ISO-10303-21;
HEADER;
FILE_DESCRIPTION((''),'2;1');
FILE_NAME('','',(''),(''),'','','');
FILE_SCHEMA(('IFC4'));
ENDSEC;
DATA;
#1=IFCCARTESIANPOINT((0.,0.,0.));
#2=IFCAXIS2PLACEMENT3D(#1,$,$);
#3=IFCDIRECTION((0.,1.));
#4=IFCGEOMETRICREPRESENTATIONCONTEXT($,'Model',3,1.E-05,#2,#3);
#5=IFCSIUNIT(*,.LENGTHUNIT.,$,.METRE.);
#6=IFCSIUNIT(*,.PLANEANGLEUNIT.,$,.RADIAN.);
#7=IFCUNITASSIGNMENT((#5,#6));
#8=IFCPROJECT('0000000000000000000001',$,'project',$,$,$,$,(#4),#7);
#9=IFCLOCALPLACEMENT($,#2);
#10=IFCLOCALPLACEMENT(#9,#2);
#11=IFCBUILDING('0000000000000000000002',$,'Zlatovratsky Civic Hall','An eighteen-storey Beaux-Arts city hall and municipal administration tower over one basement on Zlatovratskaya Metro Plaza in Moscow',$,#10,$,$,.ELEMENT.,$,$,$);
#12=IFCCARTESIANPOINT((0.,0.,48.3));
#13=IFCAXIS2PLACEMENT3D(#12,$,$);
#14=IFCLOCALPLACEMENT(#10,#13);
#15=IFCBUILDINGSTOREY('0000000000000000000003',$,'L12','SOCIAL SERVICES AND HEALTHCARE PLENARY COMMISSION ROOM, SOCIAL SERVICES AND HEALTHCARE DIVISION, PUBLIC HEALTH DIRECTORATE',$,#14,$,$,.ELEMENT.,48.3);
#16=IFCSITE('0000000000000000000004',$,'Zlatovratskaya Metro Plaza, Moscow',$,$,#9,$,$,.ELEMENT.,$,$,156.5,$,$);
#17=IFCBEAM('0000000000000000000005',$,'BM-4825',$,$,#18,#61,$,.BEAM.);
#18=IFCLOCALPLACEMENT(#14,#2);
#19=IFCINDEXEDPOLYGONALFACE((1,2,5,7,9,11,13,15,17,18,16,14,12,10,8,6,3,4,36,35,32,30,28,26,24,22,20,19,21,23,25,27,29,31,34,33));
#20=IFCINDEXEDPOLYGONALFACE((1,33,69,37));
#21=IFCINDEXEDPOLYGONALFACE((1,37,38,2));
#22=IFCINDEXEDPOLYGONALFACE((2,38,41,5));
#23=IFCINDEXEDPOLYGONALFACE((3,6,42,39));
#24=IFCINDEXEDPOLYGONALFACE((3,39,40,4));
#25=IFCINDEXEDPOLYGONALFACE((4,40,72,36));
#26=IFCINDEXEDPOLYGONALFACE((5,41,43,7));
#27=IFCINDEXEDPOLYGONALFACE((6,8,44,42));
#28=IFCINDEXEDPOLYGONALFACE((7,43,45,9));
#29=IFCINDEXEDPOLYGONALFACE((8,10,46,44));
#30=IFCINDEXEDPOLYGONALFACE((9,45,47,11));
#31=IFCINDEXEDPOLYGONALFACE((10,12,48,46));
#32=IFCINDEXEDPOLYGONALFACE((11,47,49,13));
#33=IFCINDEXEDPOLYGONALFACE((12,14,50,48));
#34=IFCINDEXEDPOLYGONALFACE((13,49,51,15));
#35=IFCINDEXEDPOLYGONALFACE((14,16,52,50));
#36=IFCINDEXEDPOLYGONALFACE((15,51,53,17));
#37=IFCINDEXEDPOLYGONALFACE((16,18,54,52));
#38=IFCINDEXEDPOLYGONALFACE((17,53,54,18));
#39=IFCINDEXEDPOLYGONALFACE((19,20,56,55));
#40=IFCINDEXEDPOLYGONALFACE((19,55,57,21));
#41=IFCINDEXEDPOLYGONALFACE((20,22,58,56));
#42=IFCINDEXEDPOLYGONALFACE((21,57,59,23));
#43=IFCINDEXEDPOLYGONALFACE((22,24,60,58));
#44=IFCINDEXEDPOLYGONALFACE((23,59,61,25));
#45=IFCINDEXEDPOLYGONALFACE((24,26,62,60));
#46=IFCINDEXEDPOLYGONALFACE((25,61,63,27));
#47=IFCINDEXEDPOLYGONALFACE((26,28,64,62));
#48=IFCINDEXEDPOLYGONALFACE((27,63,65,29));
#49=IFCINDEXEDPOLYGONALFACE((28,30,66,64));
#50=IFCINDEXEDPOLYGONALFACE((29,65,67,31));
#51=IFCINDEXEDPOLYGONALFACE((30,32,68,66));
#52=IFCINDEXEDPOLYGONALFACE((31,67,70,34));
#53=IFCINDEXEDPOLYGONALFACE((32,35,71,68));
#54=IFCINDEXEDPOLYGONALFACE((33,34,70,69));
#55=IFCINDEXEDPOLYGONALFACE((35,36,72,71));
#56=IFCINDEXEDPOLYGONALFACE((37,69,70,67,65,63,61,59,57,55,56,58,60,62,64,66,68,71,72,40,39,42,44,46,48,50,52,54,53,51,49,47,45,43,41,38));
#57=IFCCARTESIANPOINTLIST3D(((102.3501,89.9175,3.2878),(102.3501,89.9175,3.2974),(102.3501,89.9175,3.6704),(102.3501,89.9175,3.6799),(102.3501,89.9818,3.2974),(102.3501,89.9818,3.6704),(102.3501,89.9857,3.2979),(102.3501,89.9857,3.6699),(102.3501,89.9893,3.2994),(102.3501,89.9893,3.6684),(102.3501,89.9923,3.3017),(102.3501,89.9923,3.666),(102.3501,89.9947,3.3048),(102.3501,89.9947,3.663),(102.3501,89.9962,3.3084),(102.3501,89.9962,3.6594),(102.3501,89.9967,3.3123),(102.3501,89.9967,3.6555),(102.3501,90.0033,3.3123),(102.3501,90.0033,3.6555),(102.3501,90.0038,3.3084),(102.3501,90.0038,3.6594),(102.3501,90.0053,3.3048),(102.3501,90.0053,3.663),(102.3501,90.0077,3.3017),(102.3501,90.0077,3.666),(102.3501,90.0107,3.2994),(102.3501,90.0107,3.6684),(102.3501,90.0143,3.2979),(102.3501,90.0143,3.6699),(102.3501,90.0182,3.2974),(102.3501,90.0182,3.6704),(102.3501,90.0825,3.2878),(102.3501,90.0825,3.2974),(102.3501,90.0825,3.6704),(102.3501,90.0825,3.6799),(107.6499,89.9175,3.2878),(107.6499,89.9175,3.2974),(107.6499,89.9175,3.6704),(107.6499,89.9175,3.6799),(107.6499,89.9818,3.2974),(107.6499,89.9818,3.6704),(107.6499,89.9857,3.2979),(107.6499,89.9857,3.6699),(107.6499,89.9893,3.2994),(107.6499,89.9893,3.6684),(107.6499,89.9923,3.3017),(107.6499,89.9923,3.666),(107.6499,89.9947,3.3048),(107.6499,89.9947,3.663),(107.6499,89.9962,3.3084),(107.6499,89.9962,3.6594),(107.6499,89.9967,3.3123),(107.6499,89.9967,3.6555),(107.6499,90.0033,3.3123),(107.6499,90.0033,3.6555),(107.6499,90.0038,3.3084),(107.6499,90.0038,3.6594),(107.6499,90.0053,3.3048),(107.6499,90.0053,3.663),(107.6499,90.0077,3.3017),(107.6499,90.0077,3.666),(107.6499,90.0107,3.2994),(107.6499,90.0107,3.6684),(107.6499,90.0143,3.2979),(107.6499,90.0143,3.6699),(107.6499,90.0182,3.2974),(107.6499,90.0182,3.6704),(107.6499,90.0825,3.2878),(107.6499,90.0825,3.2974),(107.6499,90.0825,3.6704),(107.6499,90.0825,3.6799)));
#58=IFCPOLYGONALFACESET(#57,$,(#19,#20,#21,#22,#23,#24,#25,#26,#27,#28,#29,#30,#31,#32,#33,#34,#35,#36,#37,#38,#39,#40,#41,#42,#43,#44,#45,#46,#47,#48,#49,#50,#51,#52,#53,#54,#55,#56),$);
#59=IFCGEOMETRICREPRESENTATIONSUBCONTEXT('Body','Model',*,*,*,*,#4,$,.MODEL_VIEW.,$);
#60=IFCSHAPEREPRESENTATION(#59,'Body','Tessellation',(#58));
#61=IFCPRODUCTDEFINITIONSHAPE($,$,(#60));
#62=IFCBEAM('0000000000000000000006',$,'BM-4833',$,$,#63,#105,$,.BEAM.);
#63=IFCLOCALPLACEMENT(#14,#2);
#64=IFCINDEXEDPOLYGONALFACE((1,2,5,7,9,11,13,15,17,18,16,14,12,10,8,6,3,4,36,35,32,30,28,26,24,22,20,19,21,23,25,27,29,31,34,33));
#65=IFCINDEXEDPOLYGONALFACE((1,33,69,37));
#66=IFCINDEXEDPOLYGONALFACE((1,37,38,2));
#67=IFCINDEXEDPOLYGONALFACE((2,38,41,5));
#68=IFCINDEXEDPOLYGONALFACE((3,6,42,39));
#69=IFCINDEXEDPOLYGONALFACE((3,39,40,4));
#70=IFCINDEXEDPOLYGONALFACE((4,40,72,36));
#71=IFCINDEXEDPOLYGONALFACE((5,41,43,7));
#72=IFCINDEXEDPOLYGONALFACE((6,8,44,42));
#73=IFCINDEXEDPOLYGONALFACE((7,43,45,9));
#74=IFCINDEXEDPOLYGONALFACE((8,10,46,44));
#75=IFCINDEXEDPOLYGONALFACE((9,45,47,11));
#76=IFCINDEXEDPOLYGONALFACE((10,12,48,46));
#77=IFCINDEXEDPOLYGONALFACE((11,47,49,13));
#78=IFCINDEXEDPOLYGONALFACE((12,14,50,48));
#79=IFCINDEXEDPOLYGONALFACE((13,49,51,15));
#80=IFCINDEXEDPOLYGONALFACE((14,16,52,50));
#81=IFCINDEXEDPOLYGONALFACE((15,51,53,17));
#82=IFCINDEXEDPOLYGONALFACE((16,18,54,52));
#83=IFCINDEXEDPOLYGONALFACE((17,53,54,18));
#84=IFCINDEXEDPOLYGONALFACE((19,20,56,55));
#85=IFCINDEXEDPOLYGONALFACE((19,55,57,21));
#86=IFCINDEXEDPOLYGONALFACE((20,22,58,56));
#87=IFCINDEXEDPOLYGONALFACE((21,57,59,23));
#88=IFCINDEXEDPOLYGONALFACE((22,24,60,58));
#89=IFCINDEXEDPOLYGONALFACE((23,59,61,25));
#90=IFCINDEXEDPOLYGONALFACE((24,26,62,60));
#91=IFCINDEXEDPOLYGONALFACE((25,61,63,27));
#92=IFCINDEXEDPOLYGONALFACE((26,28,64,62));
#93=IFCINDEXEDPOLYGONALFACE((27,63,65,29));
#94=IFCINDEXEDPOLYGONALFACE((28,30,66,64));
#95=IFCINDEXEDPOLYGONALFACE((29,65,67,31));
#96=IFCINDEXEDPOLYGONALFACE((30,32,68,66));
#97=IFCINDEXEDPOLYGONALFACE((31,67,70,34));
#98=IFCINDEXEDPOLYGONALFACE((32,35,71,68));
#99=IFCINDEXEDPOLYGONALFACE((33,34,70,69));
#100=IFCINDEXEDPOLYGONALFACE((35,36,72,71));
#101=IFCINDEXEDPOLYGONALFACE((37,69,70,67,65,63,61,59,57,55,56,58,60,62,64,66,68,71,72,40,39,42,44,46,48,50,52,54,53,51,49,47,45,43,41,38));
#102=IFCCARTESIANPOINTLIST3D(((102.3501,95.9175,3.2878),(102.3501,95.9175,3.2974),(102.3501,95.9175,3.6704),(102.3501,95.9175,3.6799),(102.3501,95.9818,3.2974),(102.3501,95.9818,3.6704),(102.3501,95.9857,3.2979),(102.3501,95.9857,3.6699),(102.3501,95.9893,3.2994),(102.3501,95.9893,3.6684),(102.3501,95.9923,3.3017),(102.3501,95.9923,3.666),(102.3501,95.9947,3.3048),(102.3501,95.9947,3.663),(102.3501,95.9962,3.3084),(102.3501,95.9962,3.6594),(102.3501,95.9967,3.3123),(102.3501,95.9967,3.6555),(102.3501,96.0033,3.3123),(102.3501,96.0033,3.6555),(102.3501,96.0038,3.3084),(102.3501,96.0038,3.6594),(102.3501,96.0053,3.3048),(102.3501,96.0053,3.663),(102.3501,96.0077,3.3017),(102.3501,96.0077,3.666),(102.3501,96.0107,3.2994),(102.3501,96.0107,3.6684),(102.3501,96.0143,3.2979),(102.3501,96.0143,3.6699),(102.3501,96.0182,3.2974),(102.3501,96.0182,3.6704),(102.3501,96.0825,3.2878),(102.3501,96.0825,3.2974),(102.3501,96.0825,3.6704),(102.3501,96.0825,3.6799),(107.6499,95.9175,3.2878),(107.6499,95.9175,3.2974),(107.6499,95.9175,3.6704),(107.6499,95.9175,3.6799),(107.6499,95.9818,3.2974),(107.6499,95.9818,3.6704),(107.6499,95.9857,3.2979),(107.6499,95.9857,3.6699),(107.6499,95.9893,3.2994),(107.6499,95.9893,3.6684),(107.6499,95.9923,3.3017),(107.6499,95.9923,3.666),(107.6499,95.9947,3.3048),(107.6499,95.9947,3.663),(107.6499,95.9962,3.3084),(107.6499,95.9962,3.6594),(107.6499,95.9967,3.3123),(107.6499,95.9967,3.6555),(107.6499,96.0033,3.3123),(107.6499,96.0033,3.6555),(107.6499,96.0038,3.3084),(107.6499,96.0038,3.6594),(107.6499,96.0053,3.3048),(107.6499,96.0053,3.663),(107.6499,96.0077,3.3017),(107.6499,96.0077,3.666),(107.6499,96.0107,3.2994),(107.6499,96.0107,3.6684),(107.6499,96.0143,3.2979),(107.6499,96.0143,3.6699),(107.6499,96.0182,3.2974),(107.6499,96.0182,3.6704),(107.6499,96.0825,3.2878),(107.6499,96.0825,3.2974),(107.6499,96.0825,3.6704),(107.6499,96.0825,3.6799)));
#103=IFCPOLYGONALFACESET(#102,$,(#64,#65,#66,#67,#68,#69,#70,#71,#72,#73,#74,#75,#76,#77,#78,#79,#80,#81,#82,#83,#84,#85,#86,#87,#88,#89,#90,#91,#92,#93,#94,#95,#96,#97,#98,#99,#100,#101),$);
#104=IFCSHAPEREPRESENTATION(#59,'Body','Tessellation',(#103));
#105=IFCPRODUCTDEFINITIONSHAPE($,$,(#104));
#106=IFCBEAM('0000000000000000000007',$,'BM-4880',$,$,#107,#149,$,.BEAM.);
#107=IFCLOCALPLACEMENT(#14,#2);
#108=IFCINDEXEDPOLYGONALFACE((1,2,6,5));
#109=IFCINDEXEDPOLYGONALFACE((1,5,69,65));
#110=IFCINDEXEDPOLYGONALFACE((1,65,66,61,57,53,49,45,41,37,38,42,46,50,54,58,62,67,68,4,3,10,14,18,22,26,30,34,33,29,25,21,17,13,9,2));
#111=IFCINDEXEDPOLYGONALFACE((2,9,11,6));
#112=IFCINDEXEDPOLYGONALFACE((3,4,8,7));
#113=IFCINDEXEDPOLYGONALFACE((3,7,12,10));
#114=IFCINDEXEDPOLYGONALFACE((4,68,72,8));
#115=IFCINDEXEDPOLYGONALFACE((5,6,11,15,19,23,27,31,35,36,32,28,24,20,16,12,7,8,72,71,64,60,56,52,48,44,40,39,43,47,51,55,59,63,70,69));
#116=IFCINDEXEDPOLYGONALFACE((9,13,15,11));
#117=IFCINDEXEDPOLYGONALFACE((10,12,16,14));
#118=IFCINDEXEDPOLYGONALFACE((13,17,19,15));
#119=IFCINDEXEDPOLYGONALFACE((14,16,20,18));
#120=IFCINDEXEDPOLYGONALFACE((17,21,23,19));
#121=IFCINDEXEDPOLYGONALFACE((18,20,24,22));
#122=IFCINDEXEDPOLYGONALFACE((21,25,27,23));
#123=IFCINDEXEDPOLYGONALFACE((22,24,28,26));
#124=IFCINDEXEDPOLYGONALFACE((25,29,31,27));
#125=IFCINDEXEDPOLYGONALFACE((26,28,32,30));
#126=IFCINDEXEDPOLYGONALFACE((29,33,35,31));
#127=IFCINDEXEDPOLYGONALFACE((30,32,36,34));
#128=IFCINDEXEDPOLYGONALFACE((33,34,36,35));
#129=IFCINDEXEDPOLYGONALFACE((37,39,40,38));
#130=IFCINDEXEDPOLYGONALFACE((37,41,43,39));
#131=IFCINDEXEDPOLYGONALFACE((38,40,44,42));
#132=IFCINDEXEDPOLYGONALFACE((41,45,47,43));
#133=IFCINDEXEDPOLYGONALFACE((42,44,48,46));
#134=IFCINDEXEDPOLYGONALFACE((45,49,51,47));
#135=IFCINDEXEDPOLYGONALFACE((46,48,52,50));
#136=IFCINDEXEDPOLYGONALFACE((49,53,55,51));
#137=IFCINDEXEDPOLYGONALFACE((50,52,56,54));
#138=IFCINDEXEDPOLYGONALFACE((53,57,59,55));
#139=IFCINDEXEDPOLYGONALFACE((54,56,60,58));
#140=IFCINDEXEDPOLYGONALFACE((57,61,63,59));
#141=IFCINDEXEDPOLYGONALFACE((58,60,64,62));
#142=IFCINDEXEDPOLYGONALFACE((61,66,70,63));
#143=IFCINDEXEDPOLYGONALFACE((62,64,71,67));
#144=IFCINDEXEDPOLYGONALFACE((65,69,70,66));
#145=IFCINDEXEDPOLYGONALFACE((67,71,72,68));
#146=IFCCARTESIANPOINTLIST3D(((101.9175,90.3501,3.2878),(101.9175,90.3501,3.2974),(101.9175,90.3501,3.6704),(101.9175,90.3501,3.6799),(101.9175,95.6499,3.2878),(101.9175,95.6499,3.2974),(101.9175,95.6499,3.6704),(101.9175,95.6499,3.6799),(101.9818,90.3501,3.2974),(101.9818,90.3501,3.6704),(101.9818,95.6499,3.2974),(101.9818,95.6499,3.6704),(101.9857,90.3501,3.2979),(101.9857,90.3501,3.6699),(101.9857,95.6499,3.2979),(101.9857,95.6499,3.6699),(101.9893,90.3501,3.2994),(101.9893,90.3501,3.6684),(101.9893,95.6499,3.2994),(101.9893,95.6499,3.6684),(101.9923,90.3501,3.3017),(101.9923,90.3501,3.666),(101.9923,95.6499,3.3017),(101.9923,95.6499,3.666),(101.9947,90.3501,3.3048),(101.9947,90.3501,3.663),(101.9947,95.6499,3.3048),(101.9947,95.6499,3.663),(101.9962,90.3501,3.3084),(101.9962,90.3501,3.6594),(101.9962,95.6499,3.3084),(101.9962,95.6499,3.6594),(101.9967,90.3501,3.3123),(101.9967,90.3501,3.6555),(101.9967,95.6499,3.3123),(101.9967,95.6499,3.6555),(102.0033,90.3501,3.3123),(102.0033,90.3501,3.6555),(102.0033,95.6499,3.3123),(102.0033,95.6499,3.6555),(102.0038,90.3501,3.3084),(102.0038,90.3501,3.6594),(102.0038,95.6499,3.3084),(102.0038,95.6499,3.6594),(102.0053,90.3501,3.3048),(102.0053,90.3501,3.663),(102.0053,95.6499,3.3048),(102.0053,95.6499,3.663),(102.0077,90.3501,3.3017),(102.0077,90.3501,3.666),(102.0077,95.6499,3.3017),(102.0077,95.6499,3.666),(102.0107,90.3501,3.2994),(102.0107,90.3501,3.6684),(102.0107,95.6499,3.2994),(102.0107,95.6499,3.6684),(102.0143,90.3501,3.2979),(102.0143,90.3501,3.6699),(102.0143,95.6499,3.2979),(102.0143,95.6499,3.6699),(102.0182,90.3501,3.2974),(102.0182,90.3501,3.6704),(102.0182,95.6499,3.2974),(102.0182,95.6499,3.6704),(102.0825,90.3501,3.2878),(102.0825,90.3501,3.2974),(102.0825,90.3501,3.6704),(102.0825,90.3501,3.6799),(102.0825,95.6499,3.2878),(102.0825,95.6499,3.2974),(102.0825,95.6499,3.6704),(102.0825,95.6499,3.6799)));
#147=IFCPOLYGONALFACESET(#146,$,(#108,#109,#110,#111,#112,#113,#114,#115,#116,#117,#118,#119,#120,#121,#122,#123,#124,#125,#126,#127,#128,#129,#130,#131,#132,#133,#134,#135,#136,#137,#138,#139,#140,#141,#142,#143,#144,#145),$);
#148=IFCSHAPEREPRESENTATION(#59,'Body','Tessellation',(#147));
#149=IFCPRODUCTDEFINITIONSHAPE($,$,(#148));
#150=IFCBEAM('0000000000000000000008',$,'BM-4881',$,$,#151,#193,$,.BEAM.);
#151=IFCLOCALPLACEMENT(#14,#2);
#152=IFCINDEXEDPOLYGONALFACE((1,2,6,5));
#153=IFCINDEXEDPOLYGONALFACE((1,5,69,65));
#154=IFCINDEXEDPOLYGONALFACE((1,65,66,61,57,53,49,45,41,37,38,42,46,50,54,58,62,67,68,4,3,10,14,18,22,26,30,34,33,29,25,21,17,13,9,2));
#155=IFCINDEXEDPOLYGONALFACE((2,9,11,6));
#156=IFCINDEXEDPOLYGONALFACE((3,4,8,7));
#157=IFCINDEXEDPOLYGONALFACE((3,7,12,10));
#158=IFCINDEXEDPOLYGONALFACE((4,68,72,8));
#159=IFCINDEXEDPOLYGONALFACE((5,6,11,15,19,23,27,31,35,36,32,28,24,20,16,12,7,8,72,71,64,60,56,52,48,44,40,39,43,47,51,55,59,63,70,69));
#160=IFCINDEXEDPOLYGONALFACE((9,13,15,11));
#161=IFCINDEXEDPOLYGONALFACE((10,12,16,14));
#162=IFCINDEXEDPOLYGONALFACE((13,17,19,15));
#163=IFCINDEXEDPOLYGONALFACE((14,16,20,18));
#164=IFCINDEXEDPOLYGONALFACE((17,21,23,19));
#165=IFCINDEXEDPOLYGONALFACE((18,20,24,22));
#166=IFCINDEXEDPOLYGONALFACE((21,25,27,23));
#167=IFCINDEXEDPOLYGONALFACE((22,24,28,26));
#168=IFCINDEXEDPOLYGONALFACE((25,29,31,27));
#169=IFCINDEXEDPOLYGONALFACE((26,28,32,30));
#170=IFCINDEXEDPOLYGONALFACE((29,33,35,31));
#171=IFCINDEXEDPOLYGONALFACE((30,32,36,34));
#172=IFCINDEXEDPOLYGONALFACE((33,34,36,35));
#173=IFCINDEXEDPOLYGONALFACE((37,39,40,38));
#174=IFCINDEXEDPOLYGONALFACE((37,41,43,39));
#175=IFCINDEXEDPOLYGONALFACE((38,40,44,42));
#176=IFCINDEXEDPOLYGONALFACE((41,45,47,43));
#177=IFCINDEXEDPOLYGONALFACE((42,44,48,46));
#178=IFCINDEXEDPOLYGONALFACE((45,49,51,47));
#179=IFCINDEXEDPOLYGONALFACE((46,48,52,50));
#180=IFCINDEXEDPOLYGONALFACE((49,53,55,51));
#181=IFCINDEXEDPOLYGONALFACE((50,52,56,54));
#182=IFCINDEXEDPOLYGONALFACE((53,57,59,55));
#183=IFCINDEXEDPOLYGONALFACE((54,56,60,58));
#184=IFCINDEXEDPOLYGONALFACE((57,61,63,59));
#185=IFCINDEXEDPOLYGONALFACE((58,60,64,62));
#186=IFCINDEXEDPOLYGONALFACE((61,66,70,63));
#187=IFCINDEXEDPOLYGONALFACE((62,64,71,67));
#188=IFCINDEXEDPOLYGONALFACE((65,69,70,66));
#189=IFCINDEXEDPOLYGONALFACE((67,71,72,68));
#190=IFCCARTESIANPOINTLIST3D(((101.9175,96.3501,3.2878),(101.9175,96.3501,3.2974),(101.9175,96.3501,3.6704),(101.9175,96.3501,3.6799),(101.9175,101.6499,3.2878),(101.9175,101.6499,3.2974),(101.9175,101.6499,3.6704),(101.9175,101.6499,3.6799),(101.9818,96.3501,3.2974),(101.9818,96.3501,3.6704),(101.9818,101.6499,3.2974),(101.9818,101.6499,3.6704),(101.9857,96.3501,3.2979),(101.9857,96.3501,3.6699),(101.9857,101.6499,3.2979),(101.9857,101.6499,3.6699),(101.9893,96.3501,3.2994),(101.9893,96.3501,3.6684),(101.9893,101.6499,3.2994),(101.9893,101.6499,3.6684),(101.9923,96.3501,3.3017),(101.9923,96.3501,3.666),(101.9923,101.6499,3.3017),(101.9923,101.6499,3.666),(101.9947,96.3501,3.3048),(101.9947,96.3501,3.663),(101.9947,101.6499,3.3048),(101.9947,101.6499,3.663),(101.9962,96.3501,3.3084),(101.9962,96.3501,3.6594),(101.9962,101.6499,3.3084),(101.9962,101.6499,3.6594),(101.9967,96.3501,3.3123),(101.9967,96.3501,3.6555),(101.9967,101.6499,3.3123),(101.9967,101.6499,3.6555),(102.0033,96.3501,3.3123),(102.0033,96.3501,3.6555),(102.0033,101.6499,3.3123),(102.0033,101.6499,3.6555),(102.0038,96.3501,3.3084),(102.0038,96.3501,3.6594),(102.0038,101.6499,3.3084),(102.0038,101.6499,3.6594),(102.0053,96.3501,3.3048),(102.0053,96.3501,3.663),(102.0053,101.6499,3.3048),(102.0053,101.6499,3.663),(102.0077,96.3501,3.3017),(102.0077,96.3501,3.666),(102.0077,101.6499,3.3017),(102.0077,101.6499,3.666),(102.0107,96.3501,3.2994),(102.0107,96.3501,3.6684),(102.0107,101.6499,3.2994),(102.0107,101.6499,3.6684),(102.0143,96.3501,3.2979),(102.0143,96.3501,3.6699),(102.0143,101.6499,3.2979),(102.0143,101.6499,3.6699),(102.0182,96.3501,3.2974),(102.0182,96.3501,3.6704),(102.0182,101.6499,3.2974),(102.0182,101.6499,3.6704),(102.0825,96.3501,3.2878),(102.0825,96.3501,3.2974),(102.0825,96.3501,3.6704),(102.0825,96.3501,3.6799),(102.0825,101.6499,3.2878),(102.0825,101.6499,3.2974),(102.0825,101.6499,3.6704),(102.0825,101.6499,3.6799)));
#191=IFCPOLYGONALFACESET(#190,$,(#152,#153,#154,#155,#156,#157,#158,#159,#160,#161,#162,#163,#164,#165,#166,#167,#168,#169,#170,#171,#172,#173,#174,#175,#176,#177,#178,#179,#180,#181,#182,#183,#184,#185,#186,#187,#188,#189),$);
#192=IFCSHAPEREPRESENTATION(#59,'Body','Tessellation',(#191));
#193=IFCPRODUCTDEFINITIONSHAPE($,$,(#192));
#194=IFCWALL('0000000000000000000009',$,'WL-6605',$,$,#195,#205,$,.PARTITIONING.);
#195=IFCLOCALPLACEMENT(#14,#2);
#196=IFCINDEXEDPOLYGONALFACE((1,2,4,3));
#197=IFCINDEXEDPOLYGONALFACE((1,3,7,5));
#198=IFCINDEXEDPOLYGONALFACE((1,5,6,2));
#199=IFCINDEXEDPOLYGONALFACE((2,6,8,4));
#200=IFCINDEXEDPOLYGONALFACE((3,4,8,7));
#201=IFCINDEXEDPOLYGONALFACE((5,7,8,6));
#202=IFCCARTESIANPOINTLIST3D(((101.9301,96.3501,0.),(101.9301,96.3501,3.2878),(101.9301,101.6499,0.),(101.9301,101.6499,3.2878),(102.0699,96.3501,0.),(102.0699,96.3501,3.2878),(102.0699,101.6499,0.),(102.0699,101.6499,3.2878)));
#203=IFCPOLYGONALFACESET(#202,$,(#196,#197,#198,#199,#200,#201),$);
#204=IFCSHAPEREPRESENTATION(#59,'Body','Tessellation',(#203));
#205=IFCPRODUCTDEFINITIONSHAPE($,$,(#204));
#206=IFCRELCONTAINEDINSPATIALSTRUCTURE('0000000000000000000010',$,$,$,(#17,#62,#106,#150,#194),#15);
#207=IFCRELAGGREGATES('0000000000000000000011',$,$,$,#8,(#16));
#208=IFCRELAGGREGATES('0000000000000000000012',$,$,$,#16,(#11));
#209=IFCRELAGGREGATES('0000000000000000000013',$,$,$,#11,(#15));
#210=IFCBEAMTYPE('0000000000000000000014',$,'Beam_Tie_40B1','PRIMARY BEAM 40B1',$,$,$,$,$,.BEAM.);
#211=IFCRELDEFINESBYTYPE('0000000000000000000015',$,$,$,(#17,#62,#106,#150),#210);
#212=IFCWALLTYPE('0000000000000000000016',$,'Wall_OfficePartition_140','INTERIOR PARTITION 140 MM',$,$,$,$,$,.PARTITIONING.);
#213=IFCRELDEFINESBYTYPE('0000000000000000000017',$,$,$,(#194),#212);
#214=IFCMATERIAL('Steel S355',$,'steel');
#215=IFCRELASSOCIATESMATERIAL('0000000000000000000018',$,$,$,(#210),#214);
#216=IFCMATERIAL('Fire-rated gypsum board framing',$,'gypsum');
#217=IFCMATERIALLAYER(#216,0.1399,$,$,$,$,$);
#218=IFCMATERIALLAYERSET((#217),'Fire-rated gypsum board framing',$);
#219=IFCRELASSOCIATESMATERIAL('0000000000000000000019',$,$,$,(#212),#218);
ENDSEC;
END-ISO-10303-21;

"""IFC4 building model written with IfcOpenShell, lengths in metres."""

from ifc_helpers import new_model, si_unit, direction, frame, frame_2d, origin, origin_2d, place, context, subcontext, project, spatial, rectangle, i_section, extrude, material, layer, layer_set, material_profile, profile_set, type_object, element, save


model = new_model("IFC4")

# Units and contexts
model_context = context("Model", 3, precision=1e-05, world=origin(), true_north=direction((0.0, 1.0)))
body_context = subcontext(model_context, "Body", "Model", "MODEL_VIEW")
ifc_project = project(units=[si_unit("LENGTHUNIT", "METRE"), si_unit("PLANEANGLEUNIT", "RADIAN")], contexts=[model_context])

# Site, building, storey
site_placement = place(None, origin())
site = spatial("IfcSite", under=ifc_project, at=site_placement, Name="Zlatovratskaya Metro Plaza, Moscow", CompositionType="ELEMENT", RefElevation=156.5)
building_placement = place(site_placement, origin())
building = spatial("IfcBuilding", under=site, at=building_placement, Name="Zlatovratsky Civic Hall", Description="An eighteen-storey Beaux-Arts city hall and municipal administration tower over one basement on Zlatovratskaya Metro Plaza in Moscow", CompositionType="ELEMENT")
storey_placement = place(building_placement, frame((0.0, 0.0, 48.3)))
storey = spatial("IfcBuildingStorey", under=building, at=storey_placement, Name="L12", Description="SOCIAL SERVICES AND HEALTHCARE PLENARY COMMISSION ROOM, SOCIAL SERVICES AND HEALTHCARE DIVISION, PUBLIC HEALTH DIRECTORATE", CompositionType="ELEMENT", Elevation=48.3)

# Beams
ifc_material_1 = material(Name="Steel S355", Category="steel")
ifc_material_profile_1 = material_profile(ifc_material_1, i_section(OverallWidth=0.165, OverallDepth=0.3921, WebThickness=0.0066, FlangeThickness=0.0095, FilletRadius=0.0149, at=origin_2d()), Name="40B1")
ifc_profile_set_1 = profile_set([ifc_material_profile_1], Name="Steel S355")
beam_type_1 = type_object("IfcBeamType", Name="Beam_Tie_40B1", Description="PRIMARY BEAM 40B1", PredefinedType="BEAM", material=ifc_profile_set_1)
for number, where, z_axis, x_axis, name in (
    (1, (102.3501, 90.0, 3.4839), (1.0, 0.0, 0.0), (0.0, 1.0, 0.0), "BM-4825"),
    (2, (102.3501, 96.0, 3.4839), (1.0, 0.0, 0.0), (0.0, 1.0, 0.0), "BM-4833"),
    (3, (102.0, 90.3501, 3.4839), (0.0, 1.0, 0.0), (-1.0, 0.0, 0.0), "BM-4880"),
    (4, (102.0, 96.3501, 3.4839), (0.0, 1.0, 0.0), (-1.0, 0.0, 0.0), "BM-4881"),
):
    element("IfcBeam", number, at=place(storey_placement, frame(where, z_axis=z_axis, x_axis=x_axis)), inside=storey, type_object=beam_type_1, Name=name, PredefinedType="BEAM", context=body_context, shape_type="SweptSolid", body=[
        extrude(i_section(OverallWidth=0.165, OverallDepth=0.3921, WebThickness=0.0066, FlangeThickness=0.0095, FilletRadius=0.0149, at=origin_2d()), origin(), (0.0, 0.0, 1.0), 5.2998),
    ])

# Wall
ifc_material_2 = material(Name="Fire-rated gypsum board framing", Category="gypsum")
ifc_layer_1 = layer(ifc_material_2, 0.1399)
ifc_layer_set_1 = layer_set([ifc_layer_1], Name="Fire-rated gypsum board framing")
wall_type_1 = type_object("IfcWallType", Name="Wall_OfficePartition_140", Description="INTERIOR PARTITION 140 MM", PredefinedType="PARTITIONING", material=ifc_layer_set_1)
wall_1_placement = place(storey_placement, frame((102.0, 96.3501, 0.0), z_axis=(0.0, 0.0, 1.0), x_axis=(0.0, 1.0, 0.0)))
element("IfcWall", 5, at=wall_1_placement, inside=storey, type_object=wall_type_1, Name="WL-6605", PredefinedType="PARTITIONING", context=body_context, shape_type="SweptSolid", body=[
    extrude(rectangle(XDim=5.2998, YDim=0.1399, at=frame_2d((2.6499, 0.0))), origin(), (0.0, 0.0, 1.0), 3.2878),
])

save(model, "model.ifc")
